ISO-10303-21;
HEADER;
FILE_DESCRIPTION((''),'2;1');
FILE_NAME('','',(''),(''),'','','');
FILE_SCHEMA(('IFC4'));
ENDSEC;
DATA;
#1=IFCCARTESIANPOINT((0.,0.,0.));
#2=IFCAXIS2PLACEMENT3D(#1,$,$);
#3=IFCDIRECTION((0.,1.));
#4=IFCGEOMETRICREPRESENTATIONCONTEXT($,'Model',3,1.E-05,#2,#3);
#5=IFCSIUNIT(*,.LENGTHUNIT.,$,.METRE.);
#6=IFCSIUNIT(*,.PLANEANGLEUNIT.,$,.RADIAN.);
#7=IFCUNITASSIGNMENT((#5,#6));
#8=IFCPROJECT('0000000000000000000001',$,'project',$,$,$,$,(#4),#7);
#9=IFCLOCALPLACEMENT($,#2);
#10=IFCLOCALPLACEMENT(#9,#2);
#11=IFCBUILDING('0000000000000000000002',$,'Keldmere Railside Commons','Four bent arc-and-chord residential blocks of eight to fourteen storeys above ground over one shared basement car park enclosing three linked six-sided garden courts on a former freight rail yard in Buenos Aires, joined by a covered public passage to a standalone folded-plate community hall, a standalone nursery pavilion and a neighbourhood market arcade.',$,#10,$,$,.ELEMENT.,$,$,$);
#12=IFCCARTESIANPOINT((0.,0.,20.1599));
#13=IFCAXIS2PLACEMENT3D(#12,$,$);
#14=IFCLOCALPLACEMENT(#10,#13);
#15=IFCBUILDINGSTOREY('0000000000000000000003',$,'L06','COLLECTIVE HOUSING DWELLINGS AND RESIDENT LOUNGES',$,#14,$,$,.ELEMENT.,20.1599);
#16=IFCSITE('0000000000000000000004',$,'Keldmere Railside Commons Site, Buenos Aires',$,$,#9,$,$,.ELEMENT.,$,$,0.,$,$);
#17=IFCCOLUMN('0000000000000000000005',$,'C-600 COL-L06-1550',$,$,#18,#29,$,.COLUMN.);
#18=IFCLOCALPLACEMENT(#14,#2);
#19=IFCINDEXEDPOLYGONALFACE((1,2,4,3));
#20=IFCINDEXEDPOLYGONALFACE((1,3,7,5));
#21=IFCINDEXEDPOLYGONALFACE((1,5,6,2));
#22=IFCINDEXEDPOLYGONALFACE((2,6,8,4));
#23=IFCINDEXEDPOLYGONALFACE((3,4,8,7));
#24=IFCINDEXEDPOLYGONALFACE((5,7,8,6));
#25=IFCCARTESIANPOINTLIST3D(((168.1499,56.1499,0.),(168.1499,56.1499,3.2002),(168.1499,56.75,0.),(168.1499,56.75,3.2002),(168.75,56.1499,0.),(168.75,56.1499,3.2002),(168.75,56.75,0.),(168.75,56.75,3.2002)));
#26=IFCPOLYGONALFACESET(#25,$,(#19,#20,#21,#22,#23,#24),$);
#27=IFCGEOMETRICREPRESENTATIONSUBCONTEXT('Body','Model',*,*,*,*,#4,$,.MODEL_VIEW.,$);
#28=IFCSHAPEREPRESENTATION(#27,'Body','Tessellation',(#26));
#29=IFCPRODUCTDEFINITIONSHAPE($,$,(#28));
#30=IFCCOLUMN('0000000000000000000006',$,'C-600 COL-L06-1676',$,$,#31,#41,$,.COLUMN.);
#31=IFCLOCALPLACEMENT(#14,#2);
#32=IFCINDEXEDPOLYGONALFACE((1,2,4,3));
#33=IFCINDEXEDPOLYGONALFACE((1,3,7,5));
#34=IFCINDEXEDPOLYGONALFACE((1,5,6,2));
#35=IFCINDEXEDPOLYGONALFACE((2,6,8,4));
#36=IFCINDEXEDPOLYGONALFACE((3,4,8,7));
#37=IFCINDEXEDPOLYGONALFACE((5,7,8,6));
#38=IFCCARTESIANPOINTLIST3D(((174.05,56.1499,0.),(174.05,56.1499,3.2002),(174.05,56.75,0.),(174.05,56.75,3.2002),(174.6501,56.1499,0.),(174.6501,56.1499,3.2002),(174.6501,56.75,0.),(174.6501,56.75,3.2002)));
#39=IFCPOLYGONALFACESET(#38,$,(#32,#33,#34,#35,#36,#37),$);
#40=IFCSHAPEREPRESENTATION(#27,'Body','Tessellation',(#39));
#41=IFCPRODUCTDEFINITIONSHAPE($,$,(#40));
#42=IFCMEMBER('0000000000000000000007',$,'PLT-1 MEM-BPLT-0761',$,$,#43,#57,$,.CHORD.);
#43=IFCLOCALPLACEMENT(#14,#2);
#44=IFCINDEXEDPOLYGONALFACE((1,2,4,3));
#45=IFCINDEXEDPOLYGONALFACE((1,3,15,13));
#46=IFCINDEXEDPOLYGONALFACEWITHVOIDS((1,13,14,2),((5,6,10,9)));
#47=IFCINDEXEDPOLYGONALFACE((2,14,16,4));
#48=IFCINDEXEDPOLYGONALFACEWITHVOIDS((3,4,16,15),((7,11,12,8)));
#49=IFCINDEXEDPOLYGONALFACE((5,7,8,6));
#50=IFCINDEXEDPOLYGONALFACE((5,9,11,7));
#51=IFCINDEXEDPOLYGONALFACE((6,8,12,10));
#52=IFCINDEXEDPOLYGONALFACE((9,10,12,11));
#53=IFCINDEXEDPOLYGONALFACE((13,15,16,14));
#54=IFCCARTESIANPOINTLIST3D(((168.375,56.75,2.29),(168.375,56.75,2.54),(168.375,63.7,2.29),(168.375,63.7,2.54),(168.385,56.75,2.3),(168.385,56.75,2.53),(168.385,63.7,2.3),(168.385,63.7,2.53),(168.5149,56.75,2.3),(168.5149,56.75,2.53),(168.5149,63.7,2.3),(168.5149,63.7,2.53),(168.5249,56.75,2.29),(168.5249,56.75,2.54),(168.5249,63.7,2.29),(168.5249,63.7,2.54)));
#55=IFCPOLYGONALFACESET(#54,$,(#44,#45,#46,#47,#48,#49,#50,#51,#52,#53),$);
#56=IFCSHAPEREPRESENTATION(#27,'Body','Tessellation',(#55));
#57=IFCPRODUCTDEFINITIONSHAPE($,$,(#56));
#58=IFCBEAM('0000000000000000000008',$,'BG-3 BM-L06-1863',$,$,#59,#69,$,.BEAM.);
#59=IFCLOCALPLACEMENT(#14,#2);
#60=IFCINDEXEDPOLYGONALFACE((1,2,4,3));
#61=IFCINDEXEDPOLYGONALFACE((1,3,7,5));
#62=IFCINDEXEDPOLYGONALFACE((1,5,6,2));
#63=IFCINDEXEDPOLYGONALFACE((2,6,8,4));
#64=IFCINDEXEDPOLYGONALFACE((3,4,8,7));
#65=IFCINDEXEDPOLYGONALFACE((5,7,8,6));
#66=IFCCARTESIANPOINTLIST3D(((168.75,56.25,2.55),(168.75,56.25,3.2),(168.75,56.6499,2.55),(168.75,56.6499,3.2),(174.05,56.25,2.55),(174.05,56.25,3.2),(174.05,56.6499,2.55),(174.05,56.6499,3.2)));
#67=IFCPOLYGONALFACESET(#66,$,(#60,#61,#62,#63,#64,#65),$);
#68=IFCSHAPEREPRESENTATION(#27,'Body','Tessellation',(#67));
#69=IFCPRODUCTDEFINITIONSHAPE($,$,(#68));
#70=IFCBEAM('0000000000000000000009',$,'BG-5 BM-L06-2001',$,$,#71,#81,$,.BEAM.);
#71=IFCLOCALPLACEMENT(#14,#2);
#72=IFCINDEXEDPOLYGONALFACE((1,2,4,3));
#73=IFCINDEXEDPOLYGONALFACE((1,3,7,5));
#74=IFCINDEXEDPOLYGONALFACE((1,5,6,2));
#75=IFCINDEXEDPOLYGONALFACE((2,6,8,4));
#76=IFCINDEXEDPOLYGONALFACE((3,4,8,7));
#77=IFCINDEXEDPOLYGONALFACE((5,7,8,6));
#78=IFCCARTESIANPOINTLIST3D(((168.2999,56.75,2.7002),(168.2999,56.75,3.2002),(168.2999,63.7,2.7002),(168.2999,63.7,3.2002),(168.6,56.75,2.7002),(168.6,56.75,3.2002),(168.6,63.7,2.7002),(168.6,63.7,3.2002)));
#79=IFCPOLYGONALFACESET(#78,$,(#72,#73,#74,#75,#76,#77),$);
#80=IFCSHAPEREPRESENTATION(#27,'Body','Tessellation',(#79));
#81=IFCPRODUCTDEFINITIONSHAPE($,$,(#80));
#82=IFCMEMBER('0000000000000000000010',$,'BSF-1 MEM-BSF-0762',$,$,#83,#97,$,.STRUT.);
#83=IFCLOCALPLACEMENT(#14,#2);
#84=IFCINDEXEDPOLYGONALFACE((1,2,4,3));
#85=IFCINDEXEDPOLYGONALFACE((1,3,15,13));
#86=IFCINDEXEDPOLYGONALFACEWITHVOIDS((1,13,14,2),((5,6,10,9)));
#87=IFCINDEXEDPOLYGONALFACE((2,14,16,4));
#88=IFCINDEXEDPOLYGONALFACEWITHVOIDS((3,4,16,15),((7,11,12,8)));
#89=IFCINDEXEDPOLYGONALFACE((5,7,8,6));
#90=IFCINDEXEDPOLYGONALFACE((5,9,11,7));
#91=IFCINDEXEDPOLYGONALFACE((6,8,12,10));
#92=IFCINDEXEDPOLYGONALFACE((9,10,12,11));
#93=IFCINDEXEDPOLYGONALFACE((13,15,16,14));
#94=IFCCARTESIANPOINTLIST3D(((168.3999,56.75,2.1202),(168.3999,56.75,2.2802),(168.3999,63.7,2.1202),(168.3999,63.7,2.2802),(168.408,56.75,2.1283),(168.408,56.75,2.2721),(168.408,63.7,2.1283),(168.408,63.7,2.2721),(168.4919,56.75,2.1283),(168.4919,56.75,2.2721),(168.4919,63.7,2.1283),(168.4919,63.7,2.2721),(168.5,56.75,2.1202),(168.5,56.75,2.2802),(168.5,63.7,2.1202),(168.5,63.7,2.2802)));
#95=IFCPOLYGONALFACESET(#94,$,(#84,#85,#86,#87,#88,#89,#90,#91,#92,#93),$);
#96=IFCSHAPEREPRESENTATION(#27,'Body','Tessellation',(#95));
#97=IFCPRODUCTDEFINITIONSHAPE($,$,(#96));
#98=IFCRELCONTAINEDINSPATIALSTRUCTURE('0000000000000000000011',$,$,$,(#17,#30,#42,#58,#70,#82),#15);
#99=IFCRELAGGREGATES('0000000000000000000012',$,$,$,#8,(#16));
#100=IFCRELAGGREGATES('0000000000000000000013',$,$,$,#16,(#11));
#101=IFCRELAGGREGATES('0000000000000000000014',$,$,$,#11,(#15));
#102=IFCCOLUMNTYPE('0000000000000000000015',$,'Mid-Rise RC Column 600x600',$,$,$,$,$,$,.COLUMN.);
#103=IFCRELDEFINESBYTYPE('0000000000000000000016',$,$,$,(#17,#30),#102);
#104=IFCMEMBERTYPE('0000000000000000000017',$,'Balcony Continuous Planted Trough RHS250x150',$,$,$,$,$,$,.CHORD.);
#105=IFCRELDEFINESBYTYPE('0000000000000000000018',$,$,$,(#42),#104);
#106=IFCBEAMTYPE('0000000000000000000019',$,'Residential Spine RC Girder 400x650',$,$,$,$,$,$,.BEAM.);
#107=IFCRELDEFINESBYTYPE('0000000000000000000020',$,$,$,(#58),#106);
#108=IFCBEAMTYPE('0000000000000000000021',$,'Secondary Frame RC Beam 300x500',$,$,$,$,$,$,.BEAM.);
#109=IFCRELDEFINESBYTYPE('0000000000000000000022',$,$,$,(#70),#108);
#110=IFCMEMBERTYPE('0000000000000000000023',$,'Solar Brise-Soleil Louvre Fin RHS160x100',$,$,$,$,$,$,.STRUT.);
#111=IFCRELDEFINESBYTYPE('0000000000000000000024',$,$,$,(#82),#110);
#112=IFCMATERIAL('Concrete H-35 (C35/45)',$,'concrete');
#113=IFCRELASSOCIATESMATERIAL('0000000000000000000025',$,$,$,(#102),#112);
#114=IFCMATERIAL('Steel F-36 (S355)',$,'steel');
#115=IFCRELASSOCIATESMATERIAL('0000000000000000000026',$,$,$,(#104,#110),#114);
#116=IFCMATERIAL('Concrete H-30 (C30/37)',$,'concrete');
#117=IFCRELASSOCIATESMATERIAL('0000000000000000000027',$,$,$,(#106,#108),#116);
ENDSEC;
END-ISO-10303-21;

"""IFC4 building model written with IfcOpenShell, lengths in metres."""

from ifc_helpers import new_model, si_unit, direction, frame, origin, origin_2d, place, context, subcontext, project, spatial, rectangle, hollow_rectangle, extrude, material, material_profile, profile_set, type_object, element, save


model = new_model("IFC4")

# Units and contexts
model_context = context("Model", 3, precision=1e-05, world=origin(), true_north=direction((0.0, 1.0)))
body_context = subcontext(model_context, "Body", "Model", "MODEL_VIEW")
ifc_project = project(units=[si_unit("LENGTHUNIT", "METRE"), si_unit("PLANEANGLEUNIT", "RADIAN")], contexts=[model_context])

# Site, building, storey
site_placement = place(None, origin())
site = spatial("IfcSite", under=ifc_project, at=site_placement, Name="Keldmere Railside Commons Site, Buenos Aires", CompositionType="ELEMENT", RefElevation=0.0)
building_placement = place(site_placement, origin())
building = spatial("IfcBuilding", under=site, at=building_placement, Name="Keldmere Railside Commons", Description="Four bent arc-and-chord residential blocks of eight to fourteen storeys above ground over one shared basement car park enclosing three linked six-sided garden courts on a former freight rail yard in Buenos Aires, joined by a covered public passage to a standalone folded-plate community hall, a standalone nursery pavilion and a neighbourhood market arcade.", CompositionType="ELEMENT")
storey_placement = place(building_placement, frame((0.0, 0.0, 20.1599)))
storey = spatial("IfcBuildingStorey", under=building, at=storey_placement, Name="L06", Description="COLLECTIVE HOUSING DWELLINGS AND RESIDENT LOUNGES", CompositionType="ELEMENT", Elevation=20.1599)

# Columns
ifc_material_1 = material(Name="Concrete H-35 (C35/45)", Category="concrete")
ifc_material_profile_1 = material_profile(ifc_material_1, rectangle(XDim=0.6001, YDim=0.6001, at=origin_2d()), Name="RC-600x600")
ifc_profile_set_1 = profile_set([ifc_material_profile_1], Name="Concrete H-35 (C35/45)")
column_type = type_object("IfcColumnType", Name="Mid-Rise RC Column 600x600", PredefinedType="COLUMN", material=ifc_profile_set_1)
for number, where, z_axis, x_axis, name in (
    (1, (168.45, 56.45, 0.0), (0.0, 0.0, 1.0), (1.0, 0.0, 0.0), "C-600 COL-L06-1550"),
    (2, (174.3501, 56.45, 0.0), (0.0, 0.0, 1.0), (1.0, 0.0, 0.0), "C-600 COL-L06-1676"),
):
    element("IfcColumn", number, at=place(storey_placement, frame(where, z_axis=z_axis, x_axis=x_axis)), inside=storey, type_object=column_type, Name=name, PredefinedType="COLUMN", context=body_context, shape_type="SweptSolid", body=[
        extrude(rectangle(XDim=0.6001, YDim=0.6001, at=origin_2d()), origin(), (0.0, 0.0, 1.0), 3.2002),
    ])

# Member
ifc_material_2 = material(Name="Steel F-36 (S355)", Category="steel")
ifc_material_profile_2 = material_profile(ifc_material_2, hollow_rectangle(XDim=0.1499, YDim=0.25, WallThickness=0.01, at=origin_2d()), Name="RHS-250x150x10")
ifc_profile_set_2 = profile_set([ifc_material_profile_2], Name="Steel F-36 (S355)")
member_type_1 = type_object("IfcMemberType", Name="Balcony Continuous Planted Trough RHS250x150", PredefinedType="CHORD", material=ifc_profile_set_2)
member_1_placement = place(storey_placement, frame((168.45, 56.75, 2.415), z_axis=(0.0, 1.0, 0.0), x_axis=(-1.0, 0.0, 0.0)))
element("IfcMember", 3, at=member_1_placement, inside=storey, type_object=member_type_1, Name="PLT-1 MEM-BPLT-0761", PredefinedType="CHORD", context=body_context, shape_type="SweptSolid", body=[
    extrude(hollow_rectangle(XDim=0.1499, YDim=0.25, WallThickness=0.01, at=origin_2d()), origin(), (0.0, 0.0, 1.0), 6.95),
])

# Beams
ifc_material_3 = material(Name="Concrete H-30 (C30/37)", Category="concrete")
ifc_material_profile_3 = material_profile(ifc_material_3, rectangle(XDim=0.3999, YDim=0.6499, at=origin_2d()), Name="RC-400x650")
ifc_profile_set_3 = profile_set([ifc_material_profile_3], Name="Concrete H-30 (C30/37)")
beam_type_1 = type_object("IfcBeamType", Name="Residential Spine RC Girder 400x650", PredefinedType="BEAM", material=ifc_profile_set_3)
beam_1_placement = place(storey_placement, frame((168.75, 56.45, 2.875), z_axis=(1.0, 0.0, 0.0), x_axis=(0.0, 1.0, 0.0)))
element("IfcBeam", 4, at=beam_1_placement, inside=storey, type_object=beam_type_1, Name="BG-3 BM-L06-1863", PredefinedType="BEAM", context=body_context, shape_type="SweptSolid", body=[
    extrude(rectangle(XDim=0.3999, YDim=0.6499, at=origin_2d()), origin(), (0.0, 0.0, 1.0), 5.3),
])
ifc_material_profile_4 = material_profile(ifc_material_3, rectangle(XDim=0.3, YDim=0.5, at=origin_2d()), Name="RC-300x500")
ifc_profile_set_4 = profile_set([ifc_material_profile_4], Name="Concrete H-30 (C30/37)")
beam_type_2 = type_object("IfcBeamType", Name="Secondary Frame RC Beam 300x500", PredefinedType="BEAM", material=ifc_profile_set_4)
beam_2_placement = place(storey_placement, frame((168.45, 56.75, 2.9502), z_axis=(0.0, 1.0, 0.0), x_axis=(-1.0, 0.0, 0.0)))
element("IfcBeam", 5, at=beam_2_placement, inside=storey, type_object=beam_type_2, Name="BG-5 BM-L06-2001", PredefinedType="BEAM", context=body_context, shape_type="SweptSolid", body=[
    extrude(rectangle(XDim=0.3, YDim=0.5, at=origin_2d()), origin(), (0.0, 0.0, 1.0), 6.95),
])

# Member
ifc_material_profile_5 = material_profile(ifc_material_2, hollow_rectangle(XDim=0.1001, YDim=0.1599, WallThickness=0.0081, at=origin_2d()), Name="RHS-160x100x8")
ifc_profile_set_5 = profile_set([ifc_material_profile_5], Name="Steel F-36 (S355)")
member_type_2 = type_object("IfcMemberType", Name="Solar Brise-Soleil Louvre Fin RHS160x100", PredefinedType="STRUT", material=ifc_profile_set_5)
member_2_placement = place(storey_placement, frame((168.45, 56.75, 2.2002), z_axis=(0.0, 1.0, 0.0), x_axis=(-1.0, 0.0, 0.0)))
element("IfcMember", 6, at=member_2_placement, inside=storey, type_object=member_type_2, Name="BSF-1 MEM-BSF-0762", PredefinedType="STRUT", context=body_context, shape_type="SweptSolid", body=[
    extrude(hollow_rectangle(XDim=0.1001, YDim=0.1599, WallThickness=0.0081, at=origin_2d()), origin(), (0.0, 0.0, 1.0), 6.95),
])

save(model, "model.ifc")
